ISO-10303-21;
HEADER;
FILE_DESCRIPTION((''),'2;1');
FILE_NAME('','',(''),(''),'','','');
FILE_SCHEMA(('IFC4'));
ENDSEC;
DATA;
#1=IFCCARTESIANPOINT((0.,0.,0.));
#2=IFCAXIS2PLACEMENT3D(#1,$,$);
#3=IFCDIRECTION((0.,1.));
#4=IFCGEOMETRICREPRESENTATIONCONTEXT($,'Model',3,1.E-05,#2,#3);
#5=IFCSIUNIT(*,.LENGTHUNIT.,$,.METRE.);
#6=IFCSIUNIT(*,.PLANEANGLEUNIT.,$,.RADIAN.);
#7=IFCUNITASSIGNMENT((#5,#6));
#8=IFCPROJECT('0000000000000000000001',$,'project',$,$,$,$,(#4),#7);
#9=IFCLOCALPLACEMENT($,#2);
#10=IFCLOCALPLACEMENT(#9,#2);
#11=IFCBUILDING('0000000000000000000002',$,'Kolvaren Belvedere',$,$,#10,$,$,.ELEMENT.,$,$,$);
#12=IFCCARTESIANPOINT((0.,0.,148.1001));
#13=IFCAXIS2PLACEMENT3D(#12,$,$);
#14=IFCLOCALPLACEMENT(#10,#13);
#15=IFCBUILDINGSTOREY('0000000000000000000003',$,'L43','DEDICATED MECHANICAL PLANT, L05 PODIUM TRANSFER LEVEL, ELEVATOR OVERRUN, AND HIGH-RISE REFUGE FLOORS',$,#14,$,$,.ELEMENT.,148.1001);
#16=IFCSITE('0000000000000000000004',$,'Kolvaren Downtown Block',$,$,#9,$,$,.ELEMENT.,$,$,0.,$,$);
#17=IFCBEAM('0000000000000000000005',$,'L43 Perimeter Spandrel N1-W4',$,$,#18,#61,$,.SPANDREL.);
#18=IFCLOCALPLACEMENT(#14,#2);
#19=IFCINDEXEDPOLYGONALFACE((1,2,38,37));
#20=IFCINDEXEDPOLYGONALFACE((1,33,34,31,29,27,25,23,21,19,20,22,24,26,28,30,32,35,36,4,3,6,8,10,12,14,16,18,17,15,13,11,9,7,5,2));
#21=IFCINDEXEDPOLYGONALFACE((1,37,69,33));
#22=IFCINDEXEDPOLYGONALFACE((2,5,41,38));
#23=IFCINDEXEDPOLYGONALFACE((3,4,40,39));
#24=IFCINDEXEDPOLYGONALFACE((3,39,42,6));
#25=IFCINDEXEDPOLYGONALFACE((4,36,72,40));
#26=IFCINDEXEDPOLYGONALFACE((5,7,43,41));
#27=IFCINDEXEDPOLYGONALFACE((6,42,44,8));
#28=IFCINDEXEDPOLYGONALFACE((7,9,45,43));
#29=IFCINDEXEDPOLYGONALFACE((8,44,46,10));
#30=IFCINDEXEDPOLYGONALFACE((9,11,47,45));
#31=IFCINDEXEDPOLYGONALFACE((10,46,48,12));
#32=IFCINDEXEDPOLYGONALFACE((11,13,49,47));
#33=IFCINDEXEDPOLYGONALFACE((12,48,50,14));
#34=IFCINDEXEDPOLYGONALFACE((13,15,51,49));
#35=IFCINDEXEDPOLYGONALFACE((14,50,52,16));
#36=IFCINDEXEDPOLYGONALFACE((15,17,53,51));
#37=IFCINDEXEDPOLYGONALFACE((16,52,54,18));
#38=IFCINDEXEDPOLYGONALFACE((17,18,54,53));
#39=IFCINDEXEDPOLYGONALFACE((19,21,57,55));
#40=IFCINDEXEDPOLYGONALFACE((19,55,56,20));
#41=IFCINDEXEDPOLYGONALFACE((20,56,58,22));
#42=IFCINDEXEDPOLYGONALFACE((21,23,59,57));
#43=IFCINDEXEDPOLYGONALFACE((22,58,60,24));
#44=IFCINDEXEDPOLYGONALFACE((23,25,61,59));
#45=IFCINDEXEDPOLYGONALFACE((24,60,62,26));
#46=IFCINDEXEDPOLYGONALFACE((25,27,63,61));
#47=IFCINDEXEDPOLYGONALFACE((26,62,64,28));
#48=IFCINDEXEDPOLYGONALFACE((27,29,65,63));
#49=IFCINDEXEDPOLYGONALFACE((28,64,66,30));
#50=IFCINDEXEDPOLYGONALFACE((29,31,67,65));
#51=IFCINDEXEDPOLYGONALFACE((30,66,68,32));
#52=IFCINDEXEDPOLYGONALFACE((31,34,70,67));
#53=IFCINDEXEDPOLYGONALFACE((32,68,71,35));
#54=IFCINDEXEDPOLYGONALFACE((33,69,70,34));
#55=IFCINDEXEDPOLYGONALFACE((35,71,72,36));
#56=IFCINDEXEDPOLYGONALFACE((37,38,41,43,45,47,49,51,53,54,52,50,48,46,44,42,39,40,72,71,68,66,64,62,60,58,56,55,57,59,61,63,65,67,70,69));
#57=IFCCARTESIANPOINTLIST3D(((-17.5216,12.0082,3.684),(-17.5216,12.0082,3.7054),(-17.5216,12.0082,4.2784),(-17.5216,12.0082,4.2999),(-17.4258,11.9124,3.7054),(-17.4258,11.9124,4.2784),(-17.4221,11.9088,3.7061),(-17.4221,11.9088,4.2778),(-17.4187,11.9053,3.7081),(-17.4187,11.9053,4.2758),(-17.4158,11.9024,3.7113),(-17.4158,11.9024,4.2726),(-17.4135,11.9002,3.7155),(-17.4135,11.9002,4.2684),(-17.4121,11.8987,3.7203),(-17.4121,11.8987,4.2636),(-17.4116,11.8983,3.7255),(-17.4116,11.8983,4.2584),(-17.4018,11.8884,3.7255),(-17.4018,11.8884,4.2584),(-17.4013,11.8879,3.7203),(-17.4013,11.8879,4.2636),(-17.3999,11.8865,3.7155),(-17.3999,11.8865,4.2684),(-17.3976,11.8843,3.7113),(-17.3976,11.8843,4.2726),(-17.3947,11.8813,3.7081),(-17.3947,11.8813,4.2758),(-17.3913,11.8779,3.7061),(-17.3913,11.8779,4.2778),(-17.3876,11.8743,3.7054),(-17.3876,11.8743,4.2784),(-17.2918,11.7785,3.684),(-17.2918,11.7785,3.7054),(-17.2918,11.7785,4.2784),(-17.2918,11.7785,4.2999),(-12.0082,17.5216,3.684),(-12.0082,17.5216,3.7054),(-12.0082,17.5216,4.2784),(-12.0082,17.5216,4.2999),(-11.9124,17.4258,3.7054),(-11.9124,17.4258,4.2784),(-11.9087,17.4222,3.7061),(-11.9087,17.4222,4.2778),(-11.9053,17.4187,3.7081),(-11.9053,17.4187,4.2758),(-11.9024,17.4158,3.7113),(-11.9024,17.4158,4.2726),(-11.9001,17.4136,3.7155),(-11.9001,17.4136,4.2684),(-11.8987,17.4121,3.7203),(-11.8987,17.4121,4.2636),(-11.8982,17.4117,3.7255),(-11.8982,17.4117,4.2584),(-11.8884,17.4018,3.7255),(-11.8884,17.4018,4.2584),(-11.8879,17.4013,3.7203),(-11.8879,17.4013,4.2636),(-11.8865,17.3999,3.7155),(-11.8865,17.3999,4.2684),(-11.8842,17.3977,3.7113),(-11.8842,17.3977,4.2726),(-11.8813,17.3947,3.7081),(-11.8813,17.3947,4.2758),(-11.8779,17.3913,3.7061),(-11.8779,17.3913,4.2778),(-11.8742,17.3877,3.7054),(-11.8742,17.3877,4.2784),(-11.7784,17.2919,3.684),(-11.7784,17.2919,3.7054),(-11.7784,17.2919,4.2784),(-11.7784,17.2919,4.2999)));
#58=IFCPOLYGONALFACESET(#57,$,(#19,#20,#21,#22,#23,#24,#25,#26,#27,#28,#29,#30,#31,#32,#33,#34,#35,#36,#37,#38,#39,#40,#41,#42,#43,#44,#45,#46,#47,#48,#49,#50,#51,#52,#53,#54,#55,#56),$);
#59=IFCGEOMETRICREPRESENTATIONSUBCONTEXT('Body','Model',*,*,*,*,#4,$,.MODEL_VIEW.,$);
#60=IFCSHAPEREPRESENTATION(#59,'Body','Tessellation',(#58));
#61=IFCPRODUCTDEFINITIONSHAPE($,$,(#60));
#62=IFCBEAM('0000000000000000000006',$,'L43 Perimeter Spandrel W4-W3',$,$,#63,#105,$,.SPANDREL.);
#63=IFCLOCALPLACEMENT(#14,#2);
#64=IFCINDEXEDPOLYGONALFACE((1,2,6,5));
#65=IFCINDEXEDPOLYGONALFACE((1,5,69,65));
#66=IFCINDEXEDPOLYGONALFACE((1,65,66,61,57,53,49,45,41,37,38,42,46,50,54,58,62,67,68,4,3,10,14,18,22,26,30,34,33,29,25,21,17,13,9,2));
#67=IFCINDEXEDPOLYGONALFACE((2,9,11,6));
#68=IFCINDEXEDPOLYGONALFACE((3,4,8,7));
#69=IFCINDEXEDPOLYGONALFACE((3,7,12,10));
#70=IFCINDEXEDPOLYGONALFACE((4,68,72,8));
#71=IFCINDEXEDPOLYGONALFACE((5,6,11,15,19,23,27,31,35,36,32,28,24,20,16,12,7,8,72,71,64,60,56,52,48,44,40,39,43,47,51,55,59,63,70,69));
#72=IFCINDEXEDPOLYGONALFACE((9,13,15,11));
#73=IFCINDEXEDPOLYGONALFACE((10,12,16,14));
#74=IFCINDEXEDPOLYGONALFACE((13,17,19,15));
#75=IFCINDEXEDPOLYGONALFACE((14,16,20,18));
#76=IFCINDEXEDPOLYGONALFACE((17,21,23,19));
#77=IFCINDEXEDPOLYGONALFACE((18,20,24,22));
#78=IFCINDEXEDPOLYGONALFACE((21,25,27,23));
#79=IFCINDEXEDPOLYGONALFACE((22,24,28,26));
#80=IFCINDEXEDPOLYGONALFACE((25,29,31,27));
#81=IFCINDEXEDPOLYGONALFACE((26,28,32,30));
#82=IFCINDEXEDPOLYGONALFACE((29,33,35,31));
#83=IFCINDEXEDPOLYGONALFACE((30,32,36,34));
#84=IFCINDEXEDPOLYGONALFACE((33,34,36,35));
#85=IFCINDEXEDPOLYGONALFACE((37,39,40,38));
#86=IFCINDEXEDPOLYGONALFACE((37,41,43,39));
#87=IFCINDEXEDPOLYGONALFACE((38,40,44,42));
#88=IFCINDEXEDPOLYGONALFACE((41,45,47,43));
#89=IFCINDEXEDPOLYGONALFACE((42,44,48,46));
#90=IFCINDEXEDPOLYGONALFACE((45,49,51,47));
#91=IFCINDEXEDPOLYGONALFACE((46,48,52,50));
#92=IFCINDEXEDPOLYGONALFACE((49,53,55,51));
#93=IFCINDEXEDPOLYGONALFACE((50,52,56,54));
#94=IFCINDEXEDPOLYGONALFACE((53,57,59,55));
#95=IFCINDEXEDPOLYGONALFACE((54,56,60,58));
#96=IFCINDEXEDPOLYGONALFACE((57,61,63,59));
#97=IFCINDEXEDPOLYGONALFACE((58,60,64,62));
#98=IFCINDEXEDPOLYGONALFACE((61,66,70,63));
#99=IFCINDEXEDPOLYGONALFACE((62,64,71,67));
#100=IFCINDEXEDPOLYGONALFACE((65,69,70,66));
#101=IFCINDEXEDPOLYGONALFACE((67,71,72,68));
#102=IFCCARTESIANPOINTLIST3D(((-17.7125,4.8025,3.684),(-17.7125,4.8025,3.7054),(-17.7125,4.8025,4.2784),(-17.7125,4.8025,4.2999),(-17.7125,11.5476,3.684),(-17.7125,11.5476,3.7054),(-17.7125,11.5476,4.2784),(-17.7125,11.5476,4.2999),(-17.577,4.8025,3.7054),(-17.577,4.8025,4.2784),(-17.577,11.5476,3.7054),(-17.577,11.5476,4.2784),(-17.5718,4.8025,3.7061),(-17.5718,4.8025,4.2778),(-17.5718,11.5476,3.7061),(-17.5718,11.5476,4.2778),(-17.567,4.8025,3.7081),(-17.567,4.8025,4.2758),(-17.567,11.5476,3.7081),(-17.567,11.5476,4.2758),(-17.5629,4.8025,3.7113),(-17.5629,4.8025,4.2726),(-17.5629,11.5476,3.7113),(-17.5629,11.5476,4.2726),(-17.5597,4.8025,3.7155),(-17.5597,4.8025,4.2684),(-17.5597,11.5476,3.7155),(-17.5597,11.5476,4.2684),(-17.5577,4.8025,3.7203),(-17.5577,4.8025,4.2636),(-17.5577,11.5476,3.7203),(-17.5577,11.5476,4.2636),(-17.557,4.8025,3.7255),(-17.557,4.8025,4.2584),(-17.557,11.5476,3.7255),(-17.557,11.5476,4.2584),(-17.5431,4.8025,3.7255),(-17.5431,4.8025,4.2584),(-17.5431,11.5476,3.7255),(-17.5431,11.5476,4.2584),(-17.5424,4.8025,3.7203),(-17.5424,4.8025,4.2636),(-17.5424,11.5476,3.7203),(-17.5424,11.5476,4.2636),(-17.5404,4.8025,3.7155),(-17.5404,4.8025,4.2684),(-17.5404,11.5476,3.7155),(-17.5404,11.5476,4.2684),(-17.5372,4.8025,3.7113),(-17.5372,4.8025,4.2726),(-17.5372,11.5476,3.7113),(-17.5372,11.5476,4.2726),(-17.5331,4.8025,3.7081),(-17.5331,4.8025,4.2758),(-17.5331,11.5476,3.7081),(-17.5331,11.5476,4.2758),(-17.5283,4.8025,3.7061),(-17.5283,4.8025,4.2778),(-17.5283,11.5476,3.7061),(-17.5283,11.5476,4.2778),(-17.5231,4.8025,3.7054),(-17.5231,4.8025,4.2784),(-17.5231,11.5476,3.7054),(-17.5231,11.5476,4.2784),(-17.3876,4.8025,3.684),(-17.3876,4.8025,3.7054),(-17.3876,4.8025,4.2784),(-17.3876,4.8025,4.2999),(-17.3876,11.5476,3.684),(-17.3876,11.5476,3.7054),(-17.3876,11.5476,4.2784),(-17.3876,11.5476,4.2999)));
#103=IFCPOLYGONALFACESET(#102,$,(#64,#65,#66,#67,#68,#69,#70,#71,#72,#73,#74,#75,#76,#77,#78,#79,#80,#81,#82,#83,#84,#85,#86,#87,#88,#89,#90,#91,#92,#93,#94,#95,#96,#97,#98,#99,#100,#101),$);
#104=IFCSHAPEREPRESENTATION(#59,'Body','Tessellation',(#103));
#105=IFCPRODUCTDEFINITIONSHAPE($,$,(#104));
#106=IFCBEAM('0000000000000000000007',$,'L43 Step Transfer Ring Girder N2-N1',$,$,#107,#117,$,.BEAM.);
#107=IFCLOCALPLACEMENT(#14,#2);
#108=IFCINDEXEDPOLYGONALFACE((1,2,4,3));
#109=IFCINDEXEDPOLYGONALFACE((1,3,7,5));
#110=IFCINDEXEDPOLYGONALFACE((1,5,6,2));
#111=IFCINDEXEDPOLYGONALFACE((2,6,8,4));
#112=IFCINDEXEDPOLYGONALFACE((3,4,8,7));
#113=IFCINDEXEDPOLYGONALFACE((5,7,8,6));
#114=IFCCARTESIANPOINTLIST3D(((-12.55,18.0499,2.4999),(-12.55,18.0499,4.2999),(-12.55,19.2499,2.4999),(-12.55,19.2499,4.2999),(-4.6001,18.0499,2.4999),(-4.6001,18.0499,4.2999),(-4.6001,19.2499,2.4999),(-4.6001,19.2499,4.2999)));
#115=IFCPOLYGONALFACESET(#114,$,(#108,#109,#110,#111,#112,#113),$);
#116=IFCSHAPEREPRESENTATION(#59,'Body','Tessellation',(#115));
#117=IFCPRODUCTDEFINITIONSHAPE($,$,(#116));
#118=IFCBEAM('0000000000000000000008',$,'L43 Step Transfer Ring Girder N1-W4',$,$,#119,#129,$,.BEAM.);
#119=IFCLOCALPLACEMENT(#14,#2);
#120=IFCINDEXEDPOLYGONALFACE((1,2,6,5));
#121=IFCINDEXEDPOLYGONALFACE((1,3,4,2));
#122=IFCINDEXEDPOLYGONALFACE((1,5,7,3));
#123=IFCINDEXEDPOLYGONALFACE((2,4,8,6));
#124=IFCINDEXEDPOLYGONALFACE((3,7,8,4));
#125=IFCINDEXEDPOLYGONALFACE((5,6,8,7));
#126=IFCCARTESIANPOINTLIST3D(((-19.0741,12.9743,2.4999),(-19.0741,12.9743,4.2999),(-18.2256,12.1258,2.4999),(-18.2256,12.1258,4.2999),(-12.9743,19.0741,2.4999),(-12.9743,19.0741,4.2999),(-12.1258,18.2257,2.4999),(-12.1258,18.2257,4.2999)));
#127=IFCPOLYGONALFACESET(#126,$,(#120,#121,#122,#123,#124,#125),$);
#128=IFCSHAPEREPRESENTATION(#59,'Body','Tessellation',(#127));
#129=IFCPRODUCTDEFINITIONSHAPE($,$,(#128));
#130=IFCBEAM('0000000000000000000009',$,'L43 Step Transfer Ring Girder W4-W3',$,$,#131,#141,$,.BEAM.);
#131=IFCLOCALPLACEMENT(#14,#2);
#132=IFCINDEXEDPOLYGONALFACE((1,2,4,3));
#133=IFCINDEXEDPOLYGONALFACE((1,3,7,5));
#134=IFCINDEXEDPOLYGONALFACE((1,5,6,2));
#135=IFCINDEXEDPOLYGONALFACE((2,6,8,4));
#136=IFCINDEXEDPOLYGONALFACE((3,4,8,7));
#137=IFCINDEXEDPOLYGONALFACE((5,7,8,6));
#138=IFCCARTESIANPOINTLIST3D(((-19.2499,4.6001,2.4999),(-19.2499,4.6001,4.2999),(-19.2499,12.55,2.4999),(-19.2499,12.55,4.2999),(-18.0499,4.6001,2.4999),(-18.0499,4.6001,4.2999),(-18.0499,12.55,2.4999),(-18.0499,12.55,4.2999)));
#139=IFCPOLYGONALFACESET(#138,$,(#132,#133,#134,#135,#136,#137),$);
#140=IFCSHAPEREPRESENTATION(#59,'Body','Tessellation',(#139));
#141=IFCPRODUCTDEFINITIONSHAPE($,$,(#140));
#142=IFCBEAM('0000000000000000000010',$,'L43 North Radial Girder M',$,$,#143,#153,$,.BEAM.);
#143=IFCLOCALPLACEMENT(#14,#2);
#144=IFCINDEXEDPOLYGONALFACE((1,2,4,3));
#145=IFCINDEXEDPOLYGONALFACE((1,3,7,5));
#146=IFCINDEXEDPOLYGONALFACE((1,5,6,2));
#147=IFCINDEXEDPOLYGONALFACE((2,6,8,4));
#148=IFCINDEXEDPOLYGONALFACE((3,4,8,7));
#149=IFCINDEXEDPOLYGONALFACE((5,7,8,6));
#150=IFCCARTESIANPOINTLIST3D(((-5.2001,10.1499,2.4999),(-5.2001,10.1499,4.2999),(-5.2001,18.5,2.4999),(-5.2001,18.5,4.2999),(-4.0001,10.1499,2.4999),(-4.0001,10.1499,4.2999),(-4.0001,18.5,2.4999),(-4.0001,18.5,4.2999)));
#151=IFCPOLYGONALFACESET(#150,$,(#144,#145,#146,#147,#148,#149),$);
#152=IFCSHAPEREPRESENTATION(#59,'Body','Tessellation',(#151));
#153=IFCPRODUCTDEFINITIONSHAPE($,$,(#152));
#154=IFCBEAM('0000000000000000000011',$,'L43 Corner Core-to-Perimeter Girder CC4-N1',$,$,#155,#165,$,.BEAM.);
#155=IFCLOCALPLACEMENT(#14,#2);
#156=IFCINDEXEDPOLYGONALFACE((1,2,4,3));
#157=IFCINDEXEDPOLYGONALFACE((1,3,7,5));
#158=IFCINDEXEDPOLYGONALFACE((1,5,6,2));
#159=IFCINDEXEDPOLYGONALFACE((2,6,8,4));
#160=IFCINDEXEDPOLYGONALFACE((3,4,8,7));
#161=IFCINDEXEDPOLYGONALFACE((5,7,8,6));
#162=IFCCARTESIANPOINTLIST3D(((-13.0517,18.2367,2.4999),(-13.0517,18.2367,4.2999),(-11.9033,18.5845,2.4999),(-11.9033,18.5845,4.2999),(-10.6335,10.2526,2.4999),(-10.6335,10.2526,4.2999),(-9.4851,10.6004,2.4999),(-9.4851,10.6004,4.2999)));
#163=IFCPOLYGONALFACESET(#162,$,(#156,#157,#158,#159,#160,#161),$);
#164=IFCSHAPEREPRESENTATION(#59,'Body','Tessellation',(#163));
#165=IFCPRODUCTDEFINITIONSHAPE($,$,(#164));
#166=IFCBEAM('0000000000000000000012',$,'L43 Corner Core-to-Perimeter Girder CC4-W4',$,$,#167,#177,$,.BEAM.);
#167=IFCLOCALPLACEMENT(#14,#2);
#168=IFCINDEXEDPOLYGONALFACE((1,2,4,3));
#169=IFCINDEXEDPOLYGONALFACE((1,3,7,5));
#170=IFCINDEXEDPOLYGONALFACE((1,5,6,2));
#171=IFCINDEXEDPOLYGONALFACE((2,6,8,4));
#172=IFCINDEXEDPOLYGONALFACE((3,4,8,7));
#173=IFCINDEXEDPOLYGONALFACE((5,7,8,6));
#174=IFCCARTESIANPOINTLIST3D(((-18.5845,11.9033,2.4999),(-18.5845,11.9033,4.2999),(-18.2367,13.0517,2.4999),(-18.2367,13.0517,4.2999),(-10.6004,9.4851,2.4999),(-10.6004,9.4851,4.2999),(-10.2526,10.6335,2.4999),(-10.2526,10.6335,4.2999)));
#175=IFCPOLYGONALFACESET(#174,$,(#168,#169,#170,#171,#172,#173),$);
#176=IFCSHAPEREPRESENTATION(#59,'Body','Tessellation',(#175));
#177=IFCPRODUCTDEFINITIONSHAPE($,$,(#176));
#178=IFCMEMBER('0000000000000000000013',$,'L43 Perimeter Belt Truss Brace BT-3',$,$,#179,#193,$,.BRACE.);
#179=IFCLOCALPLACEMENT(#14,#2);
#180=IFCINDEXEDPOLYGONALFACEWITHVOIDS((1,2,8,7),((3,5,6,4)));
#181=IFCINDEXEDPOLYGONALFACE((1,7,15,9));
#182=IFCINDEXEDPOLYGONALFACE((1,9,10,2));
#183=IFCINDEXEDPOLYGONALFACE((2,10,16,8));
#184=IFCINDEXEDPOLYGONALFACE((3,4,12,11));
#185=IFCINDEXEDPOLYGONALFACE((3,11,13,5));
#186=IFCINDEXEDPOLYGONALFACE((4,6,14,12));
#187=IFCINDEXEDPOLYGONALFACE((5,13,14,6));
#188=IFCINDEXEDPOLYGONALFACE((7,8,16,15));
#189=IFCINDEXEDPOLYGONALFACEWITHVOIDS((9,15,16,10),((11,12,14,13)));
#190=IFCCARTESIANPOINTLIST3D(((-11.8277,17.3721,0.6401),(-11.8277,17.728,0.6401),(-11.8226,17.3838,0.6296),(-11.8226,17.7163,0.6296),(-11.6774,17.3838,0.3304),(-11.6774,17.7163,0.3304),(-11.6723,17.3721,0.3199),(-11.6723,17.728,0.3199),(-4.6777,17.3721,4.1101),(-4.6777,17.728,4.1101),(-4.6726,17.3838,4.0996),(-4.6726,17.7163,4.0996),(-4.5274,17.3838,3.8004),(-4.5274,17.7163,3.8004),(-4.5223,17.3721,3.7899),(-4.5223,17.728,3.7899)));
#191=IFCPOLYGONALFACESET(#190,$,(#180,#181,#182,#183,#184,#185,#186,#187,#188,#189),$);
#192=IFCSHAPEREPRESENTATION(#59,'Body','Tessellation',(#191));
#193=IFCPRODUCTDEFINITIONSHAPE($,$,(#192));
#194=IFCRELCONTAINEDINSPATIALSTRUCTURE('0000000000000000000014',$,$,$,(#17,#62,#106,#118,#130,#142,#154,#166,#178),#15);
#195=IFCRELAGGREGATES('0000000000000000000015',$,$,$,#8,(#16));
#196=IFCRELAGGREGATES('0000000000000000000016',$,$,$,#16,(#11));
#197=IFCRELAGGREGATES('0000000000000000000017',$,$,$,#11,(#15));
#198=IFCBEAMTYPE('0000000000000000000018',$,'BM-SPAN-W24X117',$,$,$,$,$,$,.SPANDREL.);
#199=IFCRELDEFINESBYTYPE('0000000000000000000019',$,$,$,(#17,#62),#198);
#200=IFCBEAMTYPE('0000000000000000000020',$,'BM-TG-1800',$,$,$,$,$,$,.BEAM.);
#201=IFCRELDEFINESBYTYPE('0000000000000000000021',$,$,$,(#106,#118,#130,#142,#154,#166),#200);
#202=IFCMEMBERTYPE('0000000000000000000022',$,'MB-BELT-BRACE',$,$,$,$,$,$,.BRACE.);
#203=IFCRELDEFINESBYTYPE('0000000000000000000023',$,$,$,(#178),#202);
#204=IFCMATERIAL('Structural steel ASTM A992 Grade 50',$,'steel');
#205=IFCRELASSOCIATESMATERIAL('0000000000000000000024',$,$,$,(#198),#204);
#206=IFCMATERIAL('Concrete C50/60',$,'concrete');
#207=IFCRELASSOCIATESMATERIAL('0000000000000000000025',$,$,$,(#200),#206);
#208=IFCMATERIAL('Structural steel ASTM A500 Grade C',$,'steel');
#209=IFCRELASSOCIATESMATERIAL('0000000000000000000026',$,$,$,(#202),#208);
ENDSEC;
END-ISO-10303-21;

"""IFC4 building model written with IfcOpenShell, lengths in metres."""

from ifc_helpers import new_model, si_unit, direction, frame, origin, origin_2d, place, context, subcontext, project, spatial, rectangle, hollow_rectangle, i_section, extrude, material, material_profile, profile_set, type_object, element, save


model = new_model("IFC4")

# Units and contexts
model_context = context("Model", 3, precision=1e-05, world=origin(), true_north=direction((0.0, 1.0)))
body_context = subcontext(model_context, "Body", "Model", "MODEL_VIEW")
ifc_project = project(units=[si_unit("LENGTHUNIT", "METRE"), si_unit("PLANEANGLEUNIT", "RADIAN")], contexts=[model_context])

# Site, building, storey
site_placement = place(None, origin())
site = spatial("IfcSite", under=ifc_project, at=site_placement, Name="Kolvaren Downtown Block", CompositionType="ELEMENT", RefElevation=0.0)
building_placement = place(site_placement, origin())
building = spatial("IfcBuilding", under=site, at=building_placement, Name="Kolvaren Belvedere", CompositionType="ELEMENT")
storey_placement = place(building_placement, frame((0.0, 0.0, 148.1001)))
storey = spatial("IfcBuildingStorey", under=building, at=storey_placement, Name="L43", Description="DEDICATED MECHANICAL PLANT, L05 PODIUM TRANSFER LEVEL, ELEVATOR OVERRUN, AND HIGH-RISE REFUGE FLOORS", CompositionType="ELEMENT", Elevation=148.1001)

# Beams
ifc_material_1 = material(Name="Structural steel ASTM A992 Grade 50", Category="steel")
ifc_material_profile_1 = material_profile(ifc_material_1, i_section(OverallWidth=0.325, OverallDepth=0.616, WebThickness=0.0139, FlangeThickness=0.0215, FilletRadius=0.02, at=origin_2d()), Name="W24X117")
ifc_profile_set_1 = profile_set([ifc_material_profile_1], Name="Structural steel ASTM A992 Grade 50")
beam_type_1 = type_object("IfcBeamType", Name="BM-SPAN-W24X117", PredefinedType="SPANDREL", material=ifc_profile_set_1)
beam_1_placement = place(storey_placement, frame((-11.8933, 17.4067, 3.9919), z_axis=(-0.707107, -0.707107, 0.0), x_axis=(0.707107, -0.707107, 0.0)))
element("IfcBeam", 1, at=beam_1_placement, inside=storey, type_object=beam_type_1, Name="L43 Perimeter Spandrel N1-W4", PredefinedType="SPANDREL", context=body_context, shape_type="SweptSolid", body=[
    extrude(i_section(OverallWidth=0.325, OverallDepth=0.616, WebThickness=0.0139, FlangeThickness=0.0215, FilletRadius=0.02, at=origin_2d()), origin(), (0.0, 0.0, 1.0), 7.7971),
])
beam_2_placement = place(storey_placement, frame((-17.55, 11.5476, 3.9919), z_axis=(0.0, -1.0, 0.0), x_axis=(1.0, 0.0, 0.0)))
element("IfcBeam", 2, at=beam_2_placement, inside=storey, type_object=beam_type_1, Name="L43 Perimeter Spandrel W4-W3", PredefinedType="SPANDREL", context=body_context, shape_type="SweptSolid", body=[
    extrude(i_section(OverallWidth=0.325, OverallDepth=0.616, WebThickness=0.0139, FlangeThickness=0.0215, FilletRadius=0.02, at=origin_2d()), origin(), (0.0, 0.0, 1.0), 6.7451),
])
ifc_material_2 = material(Name="Concrete C50/60", Category="concrete")
ifc_material_profile_2 = material_profile(ifc_material_2, rectangle(XDim=1.2, YDim=1.8, at=origin_2d()), Name="RC 1200X1800")
ifc_profile_set_2 = profile_set([ifc_material_profile_2], Name="Concrete C50/60")
beam_type_2 = type_object("IfcBeamType", Name="BM-TG-1800", PredefinedType="BEAM", material=ifc_profile_set_2)
beam_3_placement = place(storey_placement, frame((-4.6001, 18.6499, 3.3999), z_axis=(-1.0, 0.0, 0.0), x_axis=(0.0, -1.0, 0.0)))
element("IfcBeam", 3, at=beam_3_placement, inside=storey, type_object=beam_type_2, Name="L43 Step Transfer Ring Girder N2-N1", PredefinedType="BEAM", context=body_context, shape_type="SweptSolid", body=[
    extrude(rectangle(XDim=1.2, YDim=1.8, at=origin_2d()), origin(), (0.0, 0.0, 1.0), 7.95),
])
beam_4_placement = place(storey_placement, frame((-12.55, 18.6499, 3.3999), z_axis=(-0.707107, -0.707107, 0.0), x_axis=(0.707107, -0.707107, 0.0)))
element("IfcBeam", 4, at=beam_4_placement, inside=storey, type_object=beam_type_2, Name="L43 Step Transfer Ring Girder N1-W4", PredefinedType="BEAM", context=body_context, shape_type="SweptSolid", body=[
    extrude(rectangle(XDim=1.2, YDim=1.8, at=origin_2d()), origin(), (0.0, 0.0, 1.0), 8.6265),
])
beam_5_placement = place(storey_placement, frame((-18.6499, 12.55, 3.3999), z_axis=(0.0, -1.0, 0.0), x_axis=(1.0, 0.0, 0.0)))
element("IfcBeam", 5, at=beam_5_placement, inside=storey, type_object=beam_type_2, Name="L43 Step Transfer Ring Girder W4-W3", PredefinedType="BEAM", context=body_context, shape_type="SweptSolid", body=[
    extrude(rectangle(XDim=1.2, YDim=1.8, at=origin_2d()), origin(), (0.0, 0.0, 1.0), 7.95),
])
beam_6_placement = place(storey_placement, frame((-4.6001, 10.1499, 3.3999), z_axis=(0.0, 1.0, 0.0), x_axis=(-1.0, 0.0, 0.0)))
element("IfcBeam", 6, at=beam_6_placement, inside=storey, type_object=beam_type_2, Name="L43 North Radial Girder M", PredefinedType="BEAM", context=body_context, shape_type="SweptSolid", body=[
    extrude(rectangle(XDim=1.2, YDim=1.8, at=origin_2d()), origin(), (0.0, 0.0, 1.0), 8.3501),
])
for number, where, z_axis, x_axis, name in (
    (7, (-10.0593, 10.4265, 3.3999), (-0.289873, 0.957065, 0.0), (-0.957065, -0.289873, 0.0), "L43 Corner Core-to-Perimeter Girder CC4-N1"),
    (8, (-10.4265, 10.0593, 3.3999), (-0.957065, 0.289873, 0.0), (-0.289873, -0.957065, 0.0), "L43 Corner Core-to-Perimeter Girder CC4-W4"),
):
    element("IfcBeam", number, at=place(storey_placement, frame(where, z_axis=z_axis, x_axis=x_axis)), inside=storey, type_object=beam_type_2, Name=name, PredefinedType="BEAM", context=body_context, shape_type="SweptSolid", body=[
        extrude(rectangle(XDim=1.2, YDim=1.8, at=origin_2d()), origin(), (0.0, 0.0, 1.0), 8.3423),
    ])

# Member
ifc_material_3 = material(Name="Structural steel ASTM A500 Grade C", Category="steel")
ifc_material_profile_3 = material_profile(ifc_material_3, hollow_rectangle(XDim=0.356, YDim=0.356, WallThickness=0.0117, at=origin_2d()), Name="HSS14X14X1/2")
ifc_profile_set_3 = profile_set([ifc_material_profile_3], Name="Structural steel ASTM A500 Grade C")
member_type_1 = type_object("IfcMemberType", Name="MB-BELT-BRACE", PredefinedType="BRACE", material=ifc_profile_set_3)
member_1_placement = place(storey_placement, frame((-11.75, 17.55, 0.48), z_axis=(0.899649, 0.0, 0.436615), x_axis=(0.0, 1.0, 0.0)))
element("IfcMember", 9, at=member_1_placement, inside=storey, type_object=member_type_1, Name="L43 Perimeter Belt Truss Brace BT-3", PredefinedType="BRACE", context=body_context, shape_type="SweptSolid", body=[
    extrude(hollow_rectangle(XDim=0.356, YDim=0.356, WallThickness=0.0117, at=origin_2d()), origin(), (0.0, 0.0, 1.0), 7.9475),
])

save(model, "model.ifc")
